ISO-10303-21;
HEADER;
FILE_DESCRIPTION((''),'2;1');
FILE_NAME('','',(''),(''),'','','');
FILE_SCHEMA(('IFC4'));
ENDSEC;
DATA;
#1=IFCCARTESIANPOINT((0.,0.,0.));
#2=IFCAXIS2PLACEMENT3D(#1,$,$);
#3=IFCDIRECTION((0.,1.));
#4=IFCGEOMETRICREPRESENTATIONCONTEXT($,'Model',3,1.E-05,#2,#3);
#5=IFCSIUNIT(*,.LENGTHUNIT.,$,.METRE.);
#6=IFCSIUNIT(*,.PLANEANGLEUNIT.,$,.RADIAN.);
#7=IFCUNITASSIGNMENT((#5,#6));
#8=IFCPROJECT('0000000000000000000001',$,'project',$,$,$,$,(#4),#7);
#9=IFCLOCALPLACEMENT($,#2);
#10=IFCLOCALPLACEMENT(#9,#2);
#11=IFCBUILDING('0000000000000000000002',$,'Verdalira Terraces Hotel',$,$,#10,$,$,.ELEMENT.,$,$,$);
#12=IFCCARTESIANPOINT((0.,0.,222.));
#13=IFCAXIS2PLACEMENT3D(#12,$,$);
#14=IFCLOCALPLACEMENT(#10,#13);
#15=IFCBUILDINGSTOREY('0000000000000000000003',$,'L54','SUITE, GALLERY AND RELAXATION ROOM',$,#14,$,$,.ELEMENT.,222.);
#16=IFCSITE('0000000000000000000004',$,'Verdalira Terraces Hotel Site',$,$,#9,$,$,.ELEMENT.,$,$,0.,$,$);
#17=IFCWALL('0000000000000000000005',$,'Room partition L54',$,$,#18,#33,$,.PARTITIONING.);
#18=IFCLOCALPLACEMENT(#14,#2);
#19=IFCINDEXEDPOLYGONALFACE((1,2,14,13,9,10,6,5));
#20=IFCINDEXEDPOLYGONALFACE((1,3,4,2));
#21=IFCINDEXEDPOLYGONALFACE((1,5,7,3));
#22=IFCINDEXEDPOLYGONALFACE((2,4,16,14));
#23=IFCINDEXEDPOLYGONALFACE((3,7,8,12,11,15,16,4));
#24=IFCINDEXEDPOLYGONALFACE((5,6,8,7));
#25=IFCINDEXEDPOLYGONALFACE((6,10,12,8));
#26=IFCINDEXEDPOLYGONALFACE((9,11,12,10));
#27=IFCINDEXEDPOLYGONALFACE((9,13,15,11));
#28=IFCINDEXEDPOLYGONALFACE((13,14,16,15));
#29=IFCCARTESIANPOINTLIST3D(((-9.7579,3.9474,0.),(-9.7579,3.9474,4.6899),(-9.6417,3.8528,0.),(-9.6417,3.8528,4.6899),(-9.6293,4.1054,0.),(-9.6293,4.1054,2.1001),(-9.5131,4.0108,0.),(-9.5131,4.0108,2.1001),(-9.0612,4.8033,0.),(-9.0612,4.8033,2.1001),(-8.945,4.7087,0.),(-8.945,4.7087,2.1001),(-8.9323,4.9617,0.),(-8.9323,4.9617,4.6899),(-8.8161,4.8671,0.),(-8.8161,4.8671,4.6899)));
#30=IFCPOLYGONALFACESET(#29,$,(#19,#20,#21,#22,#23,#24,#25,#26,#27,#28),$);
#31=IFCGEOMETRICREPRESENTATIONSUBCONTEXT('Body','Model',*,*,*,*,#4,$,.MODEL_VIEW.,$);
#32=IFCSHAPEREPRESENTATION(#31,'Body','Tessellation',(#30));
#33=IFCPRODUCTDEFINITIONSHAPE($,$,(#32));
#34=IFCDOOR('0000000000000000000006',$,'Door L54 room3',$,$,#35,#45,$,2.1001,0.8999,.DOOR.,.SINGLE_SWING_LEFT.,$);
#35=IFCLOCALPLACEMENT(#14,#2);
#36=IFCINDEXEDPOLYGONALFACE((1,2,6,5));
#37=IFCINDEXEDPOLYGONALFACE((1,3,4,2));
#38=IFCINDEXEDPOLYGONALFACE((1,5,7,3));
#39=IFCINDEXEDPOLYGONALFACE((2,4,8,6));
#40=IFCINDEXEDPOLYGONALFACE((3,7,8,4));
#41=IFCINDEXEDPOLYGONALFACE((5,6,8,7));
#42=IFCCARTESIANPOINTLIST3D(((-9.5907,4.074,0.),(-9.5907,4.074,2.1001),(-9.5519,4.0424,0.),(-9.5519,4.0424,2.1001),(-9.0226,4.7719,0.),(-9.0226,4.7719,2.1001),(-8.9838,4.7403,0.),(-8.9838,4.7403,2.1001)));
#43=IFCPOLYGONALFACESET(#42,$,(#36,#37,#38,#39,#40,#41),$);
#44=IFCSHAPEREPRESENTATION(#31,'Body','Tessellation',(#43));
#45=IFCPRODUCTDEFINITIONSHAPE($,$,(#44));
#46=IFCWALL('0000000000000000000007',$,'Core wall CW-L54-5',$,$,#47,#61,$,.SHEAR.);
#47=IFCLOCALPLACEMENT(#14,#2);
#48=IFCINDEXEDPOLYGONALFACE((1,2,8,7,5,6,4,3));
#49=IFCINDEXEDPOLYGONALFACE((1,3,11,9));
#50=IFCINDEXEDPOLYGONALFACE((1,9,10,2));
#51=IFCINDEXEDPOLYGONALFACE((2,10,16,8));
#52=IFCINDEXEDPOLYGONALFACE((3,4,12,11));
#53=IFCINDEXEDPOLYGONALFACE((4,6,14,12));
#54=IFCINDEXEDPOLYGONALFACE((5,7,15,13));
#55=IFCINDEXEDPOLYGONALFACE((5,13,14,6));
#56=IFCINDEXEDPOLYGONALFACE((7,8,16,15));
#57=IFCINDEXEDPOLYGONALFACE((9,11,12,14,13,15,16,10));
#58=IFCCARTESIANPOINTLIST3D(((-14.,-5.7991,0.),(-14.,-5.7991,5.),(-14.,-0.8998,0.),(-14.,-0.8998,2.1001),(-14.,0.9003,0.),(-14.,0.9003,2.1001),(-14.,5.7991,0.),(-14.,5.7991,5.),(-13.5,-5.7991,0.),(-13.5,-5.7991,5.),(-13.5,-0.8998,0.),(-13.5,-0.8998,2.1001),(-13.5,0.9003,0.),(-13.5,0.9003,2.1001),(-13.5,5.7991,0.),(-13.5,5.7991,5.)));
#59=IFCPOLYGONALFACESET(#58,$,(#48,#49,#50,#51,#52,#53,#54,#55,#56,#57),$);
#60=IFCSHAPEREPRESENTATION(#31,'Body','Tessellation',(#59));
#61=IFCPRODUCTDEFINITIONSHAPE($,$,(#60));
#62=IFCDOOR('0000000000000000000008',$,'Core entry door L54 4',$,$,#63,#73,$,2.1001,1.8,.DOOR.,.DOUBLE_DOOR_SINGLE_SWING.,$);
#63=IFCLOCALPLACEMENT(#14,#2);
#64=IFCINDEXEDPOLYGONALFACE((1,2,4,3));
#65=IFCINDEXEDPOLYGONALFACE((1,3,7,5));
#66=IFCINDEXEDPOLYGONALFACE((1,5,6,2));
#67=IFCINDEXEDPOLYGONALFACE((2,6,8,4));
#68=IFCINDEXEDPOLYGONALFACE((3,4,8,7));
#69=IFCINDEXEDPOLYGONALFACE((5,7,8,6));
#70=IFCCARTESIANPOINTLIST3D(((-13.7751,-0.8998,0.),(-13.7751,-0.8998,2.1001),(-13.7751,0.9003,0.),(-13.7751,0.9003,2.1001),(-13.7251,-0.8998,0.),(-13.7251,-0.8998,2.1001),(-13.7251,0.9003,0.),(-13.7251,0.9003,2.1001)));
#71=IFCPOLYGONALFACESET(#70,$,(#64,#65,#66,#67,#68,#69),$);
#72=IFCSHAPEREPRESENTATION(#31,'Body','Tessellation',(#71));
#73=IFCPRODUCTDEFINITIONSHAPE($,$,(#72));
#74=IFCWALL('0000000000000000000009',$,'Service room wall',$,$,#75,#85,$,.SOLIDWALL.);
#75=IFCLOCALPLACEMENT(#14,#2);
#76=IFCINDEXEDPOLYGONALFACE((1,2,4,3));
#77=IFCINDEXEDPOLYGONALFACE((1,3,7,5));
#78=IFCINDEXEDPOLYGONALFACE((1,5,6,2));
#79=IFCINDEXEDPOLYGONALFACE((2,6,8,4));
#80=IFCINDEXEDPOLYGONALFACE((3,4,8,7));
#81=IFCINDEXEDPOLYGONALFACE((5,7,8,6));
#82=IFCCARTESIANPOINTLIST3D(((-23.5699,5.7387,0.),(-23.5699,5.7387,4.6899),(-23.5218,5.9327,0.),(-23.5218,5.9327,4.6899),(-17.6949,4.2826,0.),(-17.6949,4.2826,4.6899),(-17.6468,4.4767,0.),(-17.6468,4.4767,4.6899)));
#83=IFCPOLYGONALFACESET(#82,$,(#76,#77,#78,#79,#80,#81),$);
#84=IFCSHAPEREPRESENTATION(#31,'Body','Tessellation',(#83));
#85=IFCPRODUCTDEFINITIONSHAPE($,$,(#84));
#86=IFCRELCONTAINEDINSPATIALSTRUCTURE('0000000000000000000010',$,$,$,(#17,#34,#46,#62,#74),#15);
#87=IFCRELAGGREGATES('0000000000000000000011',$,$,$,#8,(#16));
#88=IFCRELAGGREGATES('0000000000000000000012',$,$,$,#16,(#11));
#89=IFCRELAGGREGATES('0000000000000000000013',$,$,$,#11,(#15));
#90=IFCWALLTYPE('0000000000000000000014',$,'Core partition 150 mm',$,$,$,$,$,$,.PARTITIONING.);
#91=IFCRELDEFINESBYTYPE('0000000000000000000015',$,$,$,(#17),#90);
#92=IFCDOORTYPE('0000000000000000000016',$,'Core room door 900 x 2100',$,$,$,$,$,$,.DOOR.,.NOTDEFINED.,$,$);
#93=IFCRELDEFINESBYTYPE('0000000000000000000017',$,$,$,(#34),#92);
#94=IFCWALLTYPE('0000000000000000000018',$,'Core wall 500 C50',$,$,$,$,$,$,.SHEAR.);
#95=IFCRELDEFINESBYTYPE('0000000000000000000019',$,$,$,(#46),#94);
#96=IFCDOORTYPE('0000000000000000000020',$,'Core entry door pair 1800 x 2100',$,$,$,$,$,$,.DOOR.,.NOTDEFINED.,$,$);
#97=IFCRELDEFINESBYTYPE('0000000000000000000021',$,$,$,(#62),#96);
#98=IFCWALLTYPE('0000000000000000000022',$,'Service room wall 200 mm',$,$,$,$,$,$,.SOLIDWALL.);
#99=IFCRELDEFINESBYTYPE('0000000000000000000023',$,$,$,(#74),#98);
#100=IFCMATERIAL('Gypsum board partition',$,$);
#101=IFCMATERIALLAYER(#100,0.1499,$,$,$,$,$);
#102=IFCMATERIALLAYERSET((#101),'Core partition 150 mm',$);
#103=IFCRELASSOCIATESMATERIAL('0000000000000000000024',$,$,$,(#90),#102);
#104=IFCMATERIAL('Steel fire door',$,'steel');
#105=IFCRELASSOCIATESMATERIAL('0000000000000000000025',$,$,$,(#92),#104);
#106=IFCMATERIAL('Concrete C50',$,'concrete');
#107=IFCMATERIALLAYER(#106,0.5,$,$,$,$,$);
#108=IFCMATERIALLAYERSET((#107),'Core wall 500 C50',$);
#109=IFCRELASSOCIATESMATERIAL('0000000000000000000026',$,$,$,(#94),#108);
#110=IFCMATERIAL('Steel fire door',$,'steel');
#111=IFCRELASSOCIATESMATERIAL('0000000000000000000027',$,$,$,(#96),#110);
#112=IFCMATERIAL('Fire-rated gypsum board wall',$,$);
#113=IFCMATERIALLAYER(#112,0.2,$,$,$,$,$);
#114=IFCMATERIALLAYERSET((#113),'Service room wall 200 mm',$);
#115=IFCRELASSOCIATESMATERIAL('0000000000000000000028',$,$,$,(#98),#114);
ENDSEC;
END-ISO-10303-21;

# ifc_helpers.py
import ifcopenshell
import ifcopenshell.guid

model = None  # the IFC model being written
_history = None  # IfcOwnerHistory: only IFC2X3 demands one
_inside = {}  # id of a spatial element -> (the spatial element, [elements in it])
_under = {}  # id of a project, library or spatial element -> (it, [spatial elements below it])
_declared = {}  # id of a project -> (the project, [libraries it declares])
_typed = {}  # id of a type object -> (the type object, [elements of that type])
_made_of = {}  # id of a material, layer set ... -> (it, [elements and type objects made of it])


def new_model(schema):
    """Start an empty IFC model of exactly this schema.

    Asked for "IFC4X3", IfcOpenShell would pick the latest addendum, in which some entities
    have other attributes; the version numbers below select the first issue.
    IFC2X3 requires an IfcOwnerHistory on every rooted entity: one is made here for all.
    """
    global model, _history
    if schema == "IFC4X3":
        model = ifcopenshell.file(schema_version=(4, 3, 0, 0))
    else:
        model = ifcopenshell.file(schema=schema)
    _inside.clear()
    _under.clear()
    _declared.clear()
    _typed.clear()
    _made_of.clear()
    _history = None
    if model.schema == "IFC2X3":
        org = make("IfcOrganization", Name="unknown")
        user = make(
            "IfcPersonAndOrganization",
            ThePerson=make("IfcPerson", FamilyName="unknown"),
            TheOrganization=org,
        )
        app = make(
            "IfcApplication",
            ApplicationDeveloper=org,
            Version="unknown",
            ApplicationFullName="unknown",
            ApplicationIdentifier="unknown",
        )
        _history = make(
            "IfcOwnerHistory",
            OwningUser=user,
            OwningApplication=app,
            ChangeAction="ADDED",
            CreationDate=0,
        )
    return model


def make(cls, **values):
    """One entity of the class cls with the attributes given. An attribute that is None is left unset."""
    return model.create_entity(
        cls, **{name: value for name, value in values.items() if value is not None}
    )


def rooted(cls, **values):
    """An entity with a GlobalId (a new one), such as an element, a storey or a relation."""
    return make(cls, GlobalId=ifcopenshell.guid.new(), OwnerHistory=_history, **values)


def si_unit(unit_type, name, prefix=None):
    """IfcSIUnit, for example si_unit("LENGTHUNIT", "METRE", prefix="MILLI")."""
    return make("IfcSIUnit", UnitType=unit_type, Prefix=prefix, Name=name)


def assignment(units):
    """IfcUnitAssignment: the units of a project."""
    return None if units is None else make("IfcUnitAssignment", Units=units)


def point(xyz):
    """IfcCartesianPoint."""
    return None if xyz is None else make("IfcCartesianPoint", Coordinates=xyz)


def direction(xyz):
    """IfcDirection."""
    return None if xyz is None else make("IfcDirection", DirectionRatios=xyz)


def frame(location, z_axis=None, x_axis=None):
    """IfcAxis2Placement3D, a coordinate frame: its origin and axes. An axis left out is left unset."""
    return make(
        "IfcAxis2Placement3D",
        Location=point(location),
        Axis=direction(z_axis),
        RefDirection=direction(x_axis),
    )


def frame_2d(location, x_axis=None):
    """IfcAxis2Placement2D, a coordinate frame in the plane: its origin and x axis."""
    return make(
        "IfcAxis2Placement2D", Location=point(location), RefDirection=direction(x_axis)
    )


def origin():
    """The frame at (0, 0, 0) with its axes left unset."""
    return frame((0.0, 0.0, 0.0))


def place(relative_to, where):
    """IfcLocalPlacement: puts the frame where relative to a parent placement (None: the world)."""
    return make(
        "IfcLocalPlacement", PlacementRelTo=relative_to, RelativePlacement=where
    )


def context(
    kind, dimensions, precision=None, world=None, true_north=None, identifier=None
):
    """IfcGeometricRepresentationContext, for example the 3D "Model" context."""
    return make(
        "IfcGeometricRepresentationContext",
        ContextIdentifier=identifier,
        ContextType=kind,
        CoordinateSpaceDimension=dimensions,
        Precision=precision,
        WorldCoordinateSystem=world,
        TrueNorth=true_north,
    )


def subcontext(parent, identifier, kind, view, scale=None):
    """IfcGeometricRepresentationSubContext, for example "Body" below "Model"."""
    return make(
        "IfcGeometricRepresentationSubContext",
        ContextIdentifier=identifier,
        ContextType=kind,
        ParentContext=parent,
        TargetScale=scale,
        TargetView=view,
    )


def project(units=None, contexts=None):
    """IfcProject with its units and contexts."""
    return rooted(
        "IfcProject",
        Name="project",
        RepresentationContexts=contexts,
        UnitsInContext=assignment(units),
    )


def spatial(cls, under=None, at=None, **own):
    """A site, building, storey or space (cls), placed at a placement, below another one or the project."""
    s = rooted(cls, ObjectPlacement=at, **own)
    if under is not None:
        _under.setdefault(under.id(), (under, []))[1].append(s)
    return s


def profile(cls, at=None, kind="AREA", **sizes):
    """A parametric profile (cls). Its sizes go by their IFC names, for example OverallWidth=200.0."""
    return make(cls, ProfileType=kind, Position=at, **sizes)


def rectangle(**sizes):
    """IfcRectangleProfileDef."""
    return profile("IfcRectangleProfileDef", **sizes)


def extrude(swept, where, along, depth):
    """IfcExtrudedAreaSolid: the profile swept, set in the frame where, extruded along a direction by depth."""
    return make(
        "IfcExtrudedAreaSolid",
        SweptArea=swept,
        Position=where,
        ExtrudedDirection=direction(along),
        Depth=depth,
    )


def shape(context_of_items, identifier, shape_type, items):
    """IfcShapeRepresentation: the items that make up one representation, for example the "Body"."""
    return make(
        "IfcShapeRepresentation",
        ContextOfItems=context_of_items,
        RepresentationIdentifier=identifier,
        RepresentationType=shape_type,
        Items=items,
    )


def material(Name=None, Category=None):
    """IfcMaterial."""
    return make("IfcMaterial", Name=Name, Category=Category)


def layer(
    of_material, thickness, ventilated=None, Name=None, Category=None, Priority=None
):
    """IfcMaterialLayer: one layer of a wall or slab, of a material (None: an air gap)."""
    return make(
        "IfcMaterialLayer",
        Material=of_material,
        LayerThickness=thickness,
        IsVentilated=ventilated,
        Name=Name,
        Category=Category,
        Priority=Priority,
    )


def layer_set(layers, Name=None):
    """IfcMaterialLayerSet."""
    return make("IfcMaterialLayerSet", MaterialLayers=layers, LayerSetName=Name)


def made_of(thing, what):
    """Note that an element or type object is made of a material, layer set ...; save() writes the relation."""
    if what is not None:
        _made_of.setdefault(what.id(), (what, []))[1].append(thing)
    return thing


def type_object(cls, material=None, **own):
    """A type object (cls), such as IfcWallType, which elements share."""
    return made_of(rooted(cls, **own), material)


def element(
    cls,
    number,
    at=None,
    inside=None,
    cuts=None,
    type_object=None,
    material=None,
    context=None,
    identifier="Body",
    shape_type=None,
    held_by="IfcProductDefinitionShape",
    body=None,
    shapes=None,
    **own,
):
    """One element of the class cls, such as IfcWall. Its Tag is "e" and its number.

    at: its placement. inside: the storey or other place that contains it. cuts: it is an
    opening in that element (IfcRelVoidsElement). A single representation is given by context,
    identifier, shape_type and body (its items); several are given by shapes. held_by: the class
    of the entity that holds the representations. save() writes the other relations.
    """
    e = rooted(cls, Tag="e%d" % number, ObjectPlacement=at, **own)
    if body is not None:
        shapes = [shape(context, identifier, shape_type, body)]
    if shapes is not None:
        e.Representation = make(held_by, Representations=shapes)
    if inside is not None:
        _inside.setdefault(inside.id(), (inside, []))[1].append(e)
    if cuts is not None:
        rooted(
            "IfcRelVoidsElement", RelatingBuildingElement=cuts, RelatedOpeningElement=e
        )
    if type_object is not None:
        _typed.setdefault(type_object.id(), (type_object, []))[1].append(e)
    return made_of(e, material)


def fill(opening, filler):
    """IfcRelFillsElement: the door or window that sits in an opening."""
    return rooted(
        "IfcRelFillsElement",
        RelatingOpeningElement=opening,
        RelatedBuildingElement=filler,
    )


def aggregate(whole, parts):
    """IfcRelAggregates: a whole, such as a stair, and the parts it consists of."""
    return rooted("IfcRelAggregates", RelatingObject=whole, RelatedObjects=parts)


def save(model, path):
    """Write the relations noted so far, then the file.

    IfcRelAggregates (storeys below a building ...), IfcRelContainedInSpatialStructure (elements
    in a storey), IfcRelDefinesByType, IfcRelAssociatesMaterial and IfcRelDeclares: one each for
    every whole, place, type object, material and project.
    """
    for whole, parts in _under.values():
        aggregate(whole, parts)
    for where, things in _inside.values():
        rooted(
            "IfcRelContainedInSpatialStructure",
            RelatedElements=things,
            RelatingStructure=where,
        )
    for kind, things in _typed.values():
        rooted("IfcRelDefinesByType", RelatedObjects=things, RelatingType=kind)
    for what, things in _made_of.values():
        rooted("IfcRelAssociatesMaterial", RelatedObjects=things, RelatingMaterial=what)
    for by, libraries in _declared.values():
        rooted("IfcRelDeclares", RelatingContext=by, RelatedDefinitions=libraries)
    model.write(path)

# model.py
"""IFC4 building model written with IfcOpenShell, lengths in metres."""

from ifc_helpers import new_model, si_unit, direction, frame, frame_2d, origin, place, context, subcontext, project, spatial, rectangle, extrude, material, layer, layer_set, type_object, element, fill, save


model = new_model("IFC4")

# Units and contexts
model_context = context("Model", 3, precision=1e-05, world=origin(), true_north=direction((0.0, 1.0)))
body_context = subcontext(model_context, "Body", "Model", "MODEL_VIEW")
ifc_project = project(units=[si_unit("LENGTHUNIT", "METRE"), si_unit("PLANEANGLEUNIT", "RADIAN")], contexts=[model_context])

# Site, building, storey
site_placement = place(None, origin())
site = spatial("IfcSite", under=ifc_project, at=site_placement, Name="Verdalira Terraces Hotel Site", CompositionType="ELEMENT", RefElevation=0.0)
building_placement = place(site_placement, origin())
building = spatial("IfcBuilding", under=site, at=building_placement, Name="Verdalira Terraces Hotel", CompositionType="ELEMENT")
storey_placement = place(building_placement, frame((0.0, 0.0, 222.0)))
storey = spatial("IfcBuildingStorey", under=building, at=storey_placement, Name="L54", Description="SUITE, GALLERY AND RELAXATION ROOM", CompositionType="ELEMENT", Elevation=222.0)

# Walls, openings, doors
ifc_material_1 = material(Name="Gypsum board partition")
ifc_layer_1 = layer(ifc_material_1, 0.1499)
ifc_layer_set_1 = layer_set([ifc_layer_1], Name="Core partition 150 mm")
wall_type_1 = type_object("IfcWallType", Name="Core partition 150 mm", PredefinedType="PARTITIONING", material=ifc_layer_set_1)
wall_1_placement = place(storey_placement, frame((-8.8743, 4.9143, 0.0), z_axis=(0.0, 0.0, 1.0), x_axis=(-0.631274, -0.77556, 0.0)))
wall_1 = element("IfcWall", 1, at=wall_1_placement, inside=storey, type_object=wall_type_1, Name="Room partition L54", PredefinedType="PARTITIONING", context=body_context, shape_type="SweptSolid", body=[
    extrude(rectangle(XDim=1.3079, YDim=0.1499, at=frame_2d((0.6538, 0.0))), origin(), (0.0, 0.0, 1.0), 4.6899),
])
opening_1_placement = place(wall_1_placement, frame((0.2041, 0.0, 0.0)))
opening_1 = element("IfcOpeningElement", 2, at=opening_1_placement, cuts=wall_1, PredefinedType="OPENING", context=body_context, shape_type="SweptSolid", body=[
    extrude(rectangle(XDim=0.8999, YDim=2.1001, at=frame_2d((0.45, 1.05))), frame((0.0, 0.085, 0.0), z_axis=(0.0, -1.0, 0.0), x_axis=(1.0, 0.0, 0.0)), (0.0, 0.0, 1.0), 0.1699),
])
ifc_material_2 = material(Name="Steel fire door", Category="steel")
door_type_1 = type_object("IfcDoorType", Name="Core room door 900 x 2100", OperationType="NOTDEFINED", PredefinedType="DOOR", material=ifc_material_2)
door_1_placement = place(opening_1_placement, origin())
door_1 = element("IfcDoor", 3, at=door_1_placement, inside=storey, type_object=door_type_1, Name="Door L54 room3", OperationType="SINGLE_SWING_LEFT", OverallHeight=2.1001, OverallWidth=0.8999, PredefinedType="DOOR", context=body_context, shape_type="SweptSolid", body=[
    extrude(rectangle(XDim=0.8999, YDim=2.1001, at=frame_2d((0.45, 1.05))), frame((0.0, 0.0249, 0.0), z_axis=(0.0, -1.0, 0.0), x_axis=(1.0, 0.0, 0.0)), (0.0, 0.0, 1.0), 0.05),
])
fill(opening_1, door_1)
ifc_material_3 = material(Name="Concrete C50", Category="concrete")
ifc_layer_2 = layer(ifc_material_3, 0.5)
ifc_layer_set_2 = layer_set([ifc_layer_2], Name="Core wall 500 C50")
wall_type_2 = type_object("IfcWallType", Name="Core wall 500 C50", PredefinedType="SHEAR", material=ifc_layer_set_2)
wall_2_placement = place(storey_placement, frame((-13.75, 5.7991, 0.0), z_axis=(0.0, 0.0, 1.0), x_axis=(0.0, -1.0, 0.0)))
wall_2 = element("IfcWall", 4, at=wall_2_placement, inside=storey, type_object=wall_type_2, Name="Core wall CW-L54-5", PredefinedType="SHEAR", context=body_context, shape_type="SweptSolid", body=[
    extrude(rectangle(XDim=11.5981, YDim=0.5, at=frame_2d((5.7991, 0.0))), origin(), (0.0, 0.0, 1.0), 5.0),
])
opening_2_placement = place(wall_2_placement, frame((4.8989, 0.0, 0.0)))
opening_2 = element("IfcOpeningElement", 5, at=opening_2_placement, cuts=wall_2, PredefinedType="OPENING", context=body_context, shape_type="SweptSolid", body=[
    extrude(rectangle(XDim=1.8, YDim=2.1001, at=frame_2d((0.8999, 1.05))), frame((0.0, 0.26, 0.0), z_axis=(0.0, -1.0, 0.0), x_axis=(1.0, 0.0, 0.0)), (0.0, 0.0, 1.0), 0.52),
])
ifc_material_4 = material(Name="Steel fire door", Category="steel")
door_type_2 = type_object("IfcDoorType", Name="Core entry door pair 1800 x 2100", OperationType="NOTDEFINED", PredefinedType="DOOR", material=ifc_material_4)
door_2_placement = place(opening_2_placement, origin())
door_2 = element("IfcDoor", 6, at=door_2_placement, inside=storey, type_object=door_type_2, Name="Core entry door L54 4", OperationType="DOUBLE_DOOR_SINGLE_SWING", OverallHeight=2.1001, OverallWidth=1.8, PredefinedType="DOOR", context=body_context, shape_type="SweptSolid", body=[
    extrude(rectangle(XDim=1.8, YDim=2.1001, at=frame_2d((0.8999, 1.05))), frame((0.0, 0.0249, 0.0), z_axis=(0.0, -1.0, 0.0), x_axis=(1.0, 0.0, 0.0)), (0.0, 0.0, 1.0), 0.05),
])
fill(opening_2, door_2)

# Wall
ifc_material_5 = material(Name="Fire-rated gypsum board wall")
ifc_layer_3 = layer(ifc_material_5, 0.2)
ifc_layer_set_3 = layer_set([ifc_layer_3], Name="Service room wall 200 mm")
wall_type_3 = type_object("IfcWallType", Name="Service room wall 200 mm", PredefinedType="SOLIDWALL", material=ifc_layer_set_3)
wall_3_placement = place(storey_placement, frame((-17.6709, 4.3796, 0.0), z_axis=(0.0, 0.0, 1.0), x_axis=(-0.970634, 0.240561, 0.0)))
element("IfcWall", 7, at=wall_3_placement, inside=storey, type_object=wall_type_3, Name="Service room wall", PredefinedType="SOLIDWALL", context=body_context, shape_type="SweptSolid", body=[
    extrude(rectangle(XDim=6.0527, YDim=0.2, at=frame_2d((3.0264, 0.0))), origin(), (0.0, 0.0, 1.0), 4.6899),
])

save(model, "model.ifc")
